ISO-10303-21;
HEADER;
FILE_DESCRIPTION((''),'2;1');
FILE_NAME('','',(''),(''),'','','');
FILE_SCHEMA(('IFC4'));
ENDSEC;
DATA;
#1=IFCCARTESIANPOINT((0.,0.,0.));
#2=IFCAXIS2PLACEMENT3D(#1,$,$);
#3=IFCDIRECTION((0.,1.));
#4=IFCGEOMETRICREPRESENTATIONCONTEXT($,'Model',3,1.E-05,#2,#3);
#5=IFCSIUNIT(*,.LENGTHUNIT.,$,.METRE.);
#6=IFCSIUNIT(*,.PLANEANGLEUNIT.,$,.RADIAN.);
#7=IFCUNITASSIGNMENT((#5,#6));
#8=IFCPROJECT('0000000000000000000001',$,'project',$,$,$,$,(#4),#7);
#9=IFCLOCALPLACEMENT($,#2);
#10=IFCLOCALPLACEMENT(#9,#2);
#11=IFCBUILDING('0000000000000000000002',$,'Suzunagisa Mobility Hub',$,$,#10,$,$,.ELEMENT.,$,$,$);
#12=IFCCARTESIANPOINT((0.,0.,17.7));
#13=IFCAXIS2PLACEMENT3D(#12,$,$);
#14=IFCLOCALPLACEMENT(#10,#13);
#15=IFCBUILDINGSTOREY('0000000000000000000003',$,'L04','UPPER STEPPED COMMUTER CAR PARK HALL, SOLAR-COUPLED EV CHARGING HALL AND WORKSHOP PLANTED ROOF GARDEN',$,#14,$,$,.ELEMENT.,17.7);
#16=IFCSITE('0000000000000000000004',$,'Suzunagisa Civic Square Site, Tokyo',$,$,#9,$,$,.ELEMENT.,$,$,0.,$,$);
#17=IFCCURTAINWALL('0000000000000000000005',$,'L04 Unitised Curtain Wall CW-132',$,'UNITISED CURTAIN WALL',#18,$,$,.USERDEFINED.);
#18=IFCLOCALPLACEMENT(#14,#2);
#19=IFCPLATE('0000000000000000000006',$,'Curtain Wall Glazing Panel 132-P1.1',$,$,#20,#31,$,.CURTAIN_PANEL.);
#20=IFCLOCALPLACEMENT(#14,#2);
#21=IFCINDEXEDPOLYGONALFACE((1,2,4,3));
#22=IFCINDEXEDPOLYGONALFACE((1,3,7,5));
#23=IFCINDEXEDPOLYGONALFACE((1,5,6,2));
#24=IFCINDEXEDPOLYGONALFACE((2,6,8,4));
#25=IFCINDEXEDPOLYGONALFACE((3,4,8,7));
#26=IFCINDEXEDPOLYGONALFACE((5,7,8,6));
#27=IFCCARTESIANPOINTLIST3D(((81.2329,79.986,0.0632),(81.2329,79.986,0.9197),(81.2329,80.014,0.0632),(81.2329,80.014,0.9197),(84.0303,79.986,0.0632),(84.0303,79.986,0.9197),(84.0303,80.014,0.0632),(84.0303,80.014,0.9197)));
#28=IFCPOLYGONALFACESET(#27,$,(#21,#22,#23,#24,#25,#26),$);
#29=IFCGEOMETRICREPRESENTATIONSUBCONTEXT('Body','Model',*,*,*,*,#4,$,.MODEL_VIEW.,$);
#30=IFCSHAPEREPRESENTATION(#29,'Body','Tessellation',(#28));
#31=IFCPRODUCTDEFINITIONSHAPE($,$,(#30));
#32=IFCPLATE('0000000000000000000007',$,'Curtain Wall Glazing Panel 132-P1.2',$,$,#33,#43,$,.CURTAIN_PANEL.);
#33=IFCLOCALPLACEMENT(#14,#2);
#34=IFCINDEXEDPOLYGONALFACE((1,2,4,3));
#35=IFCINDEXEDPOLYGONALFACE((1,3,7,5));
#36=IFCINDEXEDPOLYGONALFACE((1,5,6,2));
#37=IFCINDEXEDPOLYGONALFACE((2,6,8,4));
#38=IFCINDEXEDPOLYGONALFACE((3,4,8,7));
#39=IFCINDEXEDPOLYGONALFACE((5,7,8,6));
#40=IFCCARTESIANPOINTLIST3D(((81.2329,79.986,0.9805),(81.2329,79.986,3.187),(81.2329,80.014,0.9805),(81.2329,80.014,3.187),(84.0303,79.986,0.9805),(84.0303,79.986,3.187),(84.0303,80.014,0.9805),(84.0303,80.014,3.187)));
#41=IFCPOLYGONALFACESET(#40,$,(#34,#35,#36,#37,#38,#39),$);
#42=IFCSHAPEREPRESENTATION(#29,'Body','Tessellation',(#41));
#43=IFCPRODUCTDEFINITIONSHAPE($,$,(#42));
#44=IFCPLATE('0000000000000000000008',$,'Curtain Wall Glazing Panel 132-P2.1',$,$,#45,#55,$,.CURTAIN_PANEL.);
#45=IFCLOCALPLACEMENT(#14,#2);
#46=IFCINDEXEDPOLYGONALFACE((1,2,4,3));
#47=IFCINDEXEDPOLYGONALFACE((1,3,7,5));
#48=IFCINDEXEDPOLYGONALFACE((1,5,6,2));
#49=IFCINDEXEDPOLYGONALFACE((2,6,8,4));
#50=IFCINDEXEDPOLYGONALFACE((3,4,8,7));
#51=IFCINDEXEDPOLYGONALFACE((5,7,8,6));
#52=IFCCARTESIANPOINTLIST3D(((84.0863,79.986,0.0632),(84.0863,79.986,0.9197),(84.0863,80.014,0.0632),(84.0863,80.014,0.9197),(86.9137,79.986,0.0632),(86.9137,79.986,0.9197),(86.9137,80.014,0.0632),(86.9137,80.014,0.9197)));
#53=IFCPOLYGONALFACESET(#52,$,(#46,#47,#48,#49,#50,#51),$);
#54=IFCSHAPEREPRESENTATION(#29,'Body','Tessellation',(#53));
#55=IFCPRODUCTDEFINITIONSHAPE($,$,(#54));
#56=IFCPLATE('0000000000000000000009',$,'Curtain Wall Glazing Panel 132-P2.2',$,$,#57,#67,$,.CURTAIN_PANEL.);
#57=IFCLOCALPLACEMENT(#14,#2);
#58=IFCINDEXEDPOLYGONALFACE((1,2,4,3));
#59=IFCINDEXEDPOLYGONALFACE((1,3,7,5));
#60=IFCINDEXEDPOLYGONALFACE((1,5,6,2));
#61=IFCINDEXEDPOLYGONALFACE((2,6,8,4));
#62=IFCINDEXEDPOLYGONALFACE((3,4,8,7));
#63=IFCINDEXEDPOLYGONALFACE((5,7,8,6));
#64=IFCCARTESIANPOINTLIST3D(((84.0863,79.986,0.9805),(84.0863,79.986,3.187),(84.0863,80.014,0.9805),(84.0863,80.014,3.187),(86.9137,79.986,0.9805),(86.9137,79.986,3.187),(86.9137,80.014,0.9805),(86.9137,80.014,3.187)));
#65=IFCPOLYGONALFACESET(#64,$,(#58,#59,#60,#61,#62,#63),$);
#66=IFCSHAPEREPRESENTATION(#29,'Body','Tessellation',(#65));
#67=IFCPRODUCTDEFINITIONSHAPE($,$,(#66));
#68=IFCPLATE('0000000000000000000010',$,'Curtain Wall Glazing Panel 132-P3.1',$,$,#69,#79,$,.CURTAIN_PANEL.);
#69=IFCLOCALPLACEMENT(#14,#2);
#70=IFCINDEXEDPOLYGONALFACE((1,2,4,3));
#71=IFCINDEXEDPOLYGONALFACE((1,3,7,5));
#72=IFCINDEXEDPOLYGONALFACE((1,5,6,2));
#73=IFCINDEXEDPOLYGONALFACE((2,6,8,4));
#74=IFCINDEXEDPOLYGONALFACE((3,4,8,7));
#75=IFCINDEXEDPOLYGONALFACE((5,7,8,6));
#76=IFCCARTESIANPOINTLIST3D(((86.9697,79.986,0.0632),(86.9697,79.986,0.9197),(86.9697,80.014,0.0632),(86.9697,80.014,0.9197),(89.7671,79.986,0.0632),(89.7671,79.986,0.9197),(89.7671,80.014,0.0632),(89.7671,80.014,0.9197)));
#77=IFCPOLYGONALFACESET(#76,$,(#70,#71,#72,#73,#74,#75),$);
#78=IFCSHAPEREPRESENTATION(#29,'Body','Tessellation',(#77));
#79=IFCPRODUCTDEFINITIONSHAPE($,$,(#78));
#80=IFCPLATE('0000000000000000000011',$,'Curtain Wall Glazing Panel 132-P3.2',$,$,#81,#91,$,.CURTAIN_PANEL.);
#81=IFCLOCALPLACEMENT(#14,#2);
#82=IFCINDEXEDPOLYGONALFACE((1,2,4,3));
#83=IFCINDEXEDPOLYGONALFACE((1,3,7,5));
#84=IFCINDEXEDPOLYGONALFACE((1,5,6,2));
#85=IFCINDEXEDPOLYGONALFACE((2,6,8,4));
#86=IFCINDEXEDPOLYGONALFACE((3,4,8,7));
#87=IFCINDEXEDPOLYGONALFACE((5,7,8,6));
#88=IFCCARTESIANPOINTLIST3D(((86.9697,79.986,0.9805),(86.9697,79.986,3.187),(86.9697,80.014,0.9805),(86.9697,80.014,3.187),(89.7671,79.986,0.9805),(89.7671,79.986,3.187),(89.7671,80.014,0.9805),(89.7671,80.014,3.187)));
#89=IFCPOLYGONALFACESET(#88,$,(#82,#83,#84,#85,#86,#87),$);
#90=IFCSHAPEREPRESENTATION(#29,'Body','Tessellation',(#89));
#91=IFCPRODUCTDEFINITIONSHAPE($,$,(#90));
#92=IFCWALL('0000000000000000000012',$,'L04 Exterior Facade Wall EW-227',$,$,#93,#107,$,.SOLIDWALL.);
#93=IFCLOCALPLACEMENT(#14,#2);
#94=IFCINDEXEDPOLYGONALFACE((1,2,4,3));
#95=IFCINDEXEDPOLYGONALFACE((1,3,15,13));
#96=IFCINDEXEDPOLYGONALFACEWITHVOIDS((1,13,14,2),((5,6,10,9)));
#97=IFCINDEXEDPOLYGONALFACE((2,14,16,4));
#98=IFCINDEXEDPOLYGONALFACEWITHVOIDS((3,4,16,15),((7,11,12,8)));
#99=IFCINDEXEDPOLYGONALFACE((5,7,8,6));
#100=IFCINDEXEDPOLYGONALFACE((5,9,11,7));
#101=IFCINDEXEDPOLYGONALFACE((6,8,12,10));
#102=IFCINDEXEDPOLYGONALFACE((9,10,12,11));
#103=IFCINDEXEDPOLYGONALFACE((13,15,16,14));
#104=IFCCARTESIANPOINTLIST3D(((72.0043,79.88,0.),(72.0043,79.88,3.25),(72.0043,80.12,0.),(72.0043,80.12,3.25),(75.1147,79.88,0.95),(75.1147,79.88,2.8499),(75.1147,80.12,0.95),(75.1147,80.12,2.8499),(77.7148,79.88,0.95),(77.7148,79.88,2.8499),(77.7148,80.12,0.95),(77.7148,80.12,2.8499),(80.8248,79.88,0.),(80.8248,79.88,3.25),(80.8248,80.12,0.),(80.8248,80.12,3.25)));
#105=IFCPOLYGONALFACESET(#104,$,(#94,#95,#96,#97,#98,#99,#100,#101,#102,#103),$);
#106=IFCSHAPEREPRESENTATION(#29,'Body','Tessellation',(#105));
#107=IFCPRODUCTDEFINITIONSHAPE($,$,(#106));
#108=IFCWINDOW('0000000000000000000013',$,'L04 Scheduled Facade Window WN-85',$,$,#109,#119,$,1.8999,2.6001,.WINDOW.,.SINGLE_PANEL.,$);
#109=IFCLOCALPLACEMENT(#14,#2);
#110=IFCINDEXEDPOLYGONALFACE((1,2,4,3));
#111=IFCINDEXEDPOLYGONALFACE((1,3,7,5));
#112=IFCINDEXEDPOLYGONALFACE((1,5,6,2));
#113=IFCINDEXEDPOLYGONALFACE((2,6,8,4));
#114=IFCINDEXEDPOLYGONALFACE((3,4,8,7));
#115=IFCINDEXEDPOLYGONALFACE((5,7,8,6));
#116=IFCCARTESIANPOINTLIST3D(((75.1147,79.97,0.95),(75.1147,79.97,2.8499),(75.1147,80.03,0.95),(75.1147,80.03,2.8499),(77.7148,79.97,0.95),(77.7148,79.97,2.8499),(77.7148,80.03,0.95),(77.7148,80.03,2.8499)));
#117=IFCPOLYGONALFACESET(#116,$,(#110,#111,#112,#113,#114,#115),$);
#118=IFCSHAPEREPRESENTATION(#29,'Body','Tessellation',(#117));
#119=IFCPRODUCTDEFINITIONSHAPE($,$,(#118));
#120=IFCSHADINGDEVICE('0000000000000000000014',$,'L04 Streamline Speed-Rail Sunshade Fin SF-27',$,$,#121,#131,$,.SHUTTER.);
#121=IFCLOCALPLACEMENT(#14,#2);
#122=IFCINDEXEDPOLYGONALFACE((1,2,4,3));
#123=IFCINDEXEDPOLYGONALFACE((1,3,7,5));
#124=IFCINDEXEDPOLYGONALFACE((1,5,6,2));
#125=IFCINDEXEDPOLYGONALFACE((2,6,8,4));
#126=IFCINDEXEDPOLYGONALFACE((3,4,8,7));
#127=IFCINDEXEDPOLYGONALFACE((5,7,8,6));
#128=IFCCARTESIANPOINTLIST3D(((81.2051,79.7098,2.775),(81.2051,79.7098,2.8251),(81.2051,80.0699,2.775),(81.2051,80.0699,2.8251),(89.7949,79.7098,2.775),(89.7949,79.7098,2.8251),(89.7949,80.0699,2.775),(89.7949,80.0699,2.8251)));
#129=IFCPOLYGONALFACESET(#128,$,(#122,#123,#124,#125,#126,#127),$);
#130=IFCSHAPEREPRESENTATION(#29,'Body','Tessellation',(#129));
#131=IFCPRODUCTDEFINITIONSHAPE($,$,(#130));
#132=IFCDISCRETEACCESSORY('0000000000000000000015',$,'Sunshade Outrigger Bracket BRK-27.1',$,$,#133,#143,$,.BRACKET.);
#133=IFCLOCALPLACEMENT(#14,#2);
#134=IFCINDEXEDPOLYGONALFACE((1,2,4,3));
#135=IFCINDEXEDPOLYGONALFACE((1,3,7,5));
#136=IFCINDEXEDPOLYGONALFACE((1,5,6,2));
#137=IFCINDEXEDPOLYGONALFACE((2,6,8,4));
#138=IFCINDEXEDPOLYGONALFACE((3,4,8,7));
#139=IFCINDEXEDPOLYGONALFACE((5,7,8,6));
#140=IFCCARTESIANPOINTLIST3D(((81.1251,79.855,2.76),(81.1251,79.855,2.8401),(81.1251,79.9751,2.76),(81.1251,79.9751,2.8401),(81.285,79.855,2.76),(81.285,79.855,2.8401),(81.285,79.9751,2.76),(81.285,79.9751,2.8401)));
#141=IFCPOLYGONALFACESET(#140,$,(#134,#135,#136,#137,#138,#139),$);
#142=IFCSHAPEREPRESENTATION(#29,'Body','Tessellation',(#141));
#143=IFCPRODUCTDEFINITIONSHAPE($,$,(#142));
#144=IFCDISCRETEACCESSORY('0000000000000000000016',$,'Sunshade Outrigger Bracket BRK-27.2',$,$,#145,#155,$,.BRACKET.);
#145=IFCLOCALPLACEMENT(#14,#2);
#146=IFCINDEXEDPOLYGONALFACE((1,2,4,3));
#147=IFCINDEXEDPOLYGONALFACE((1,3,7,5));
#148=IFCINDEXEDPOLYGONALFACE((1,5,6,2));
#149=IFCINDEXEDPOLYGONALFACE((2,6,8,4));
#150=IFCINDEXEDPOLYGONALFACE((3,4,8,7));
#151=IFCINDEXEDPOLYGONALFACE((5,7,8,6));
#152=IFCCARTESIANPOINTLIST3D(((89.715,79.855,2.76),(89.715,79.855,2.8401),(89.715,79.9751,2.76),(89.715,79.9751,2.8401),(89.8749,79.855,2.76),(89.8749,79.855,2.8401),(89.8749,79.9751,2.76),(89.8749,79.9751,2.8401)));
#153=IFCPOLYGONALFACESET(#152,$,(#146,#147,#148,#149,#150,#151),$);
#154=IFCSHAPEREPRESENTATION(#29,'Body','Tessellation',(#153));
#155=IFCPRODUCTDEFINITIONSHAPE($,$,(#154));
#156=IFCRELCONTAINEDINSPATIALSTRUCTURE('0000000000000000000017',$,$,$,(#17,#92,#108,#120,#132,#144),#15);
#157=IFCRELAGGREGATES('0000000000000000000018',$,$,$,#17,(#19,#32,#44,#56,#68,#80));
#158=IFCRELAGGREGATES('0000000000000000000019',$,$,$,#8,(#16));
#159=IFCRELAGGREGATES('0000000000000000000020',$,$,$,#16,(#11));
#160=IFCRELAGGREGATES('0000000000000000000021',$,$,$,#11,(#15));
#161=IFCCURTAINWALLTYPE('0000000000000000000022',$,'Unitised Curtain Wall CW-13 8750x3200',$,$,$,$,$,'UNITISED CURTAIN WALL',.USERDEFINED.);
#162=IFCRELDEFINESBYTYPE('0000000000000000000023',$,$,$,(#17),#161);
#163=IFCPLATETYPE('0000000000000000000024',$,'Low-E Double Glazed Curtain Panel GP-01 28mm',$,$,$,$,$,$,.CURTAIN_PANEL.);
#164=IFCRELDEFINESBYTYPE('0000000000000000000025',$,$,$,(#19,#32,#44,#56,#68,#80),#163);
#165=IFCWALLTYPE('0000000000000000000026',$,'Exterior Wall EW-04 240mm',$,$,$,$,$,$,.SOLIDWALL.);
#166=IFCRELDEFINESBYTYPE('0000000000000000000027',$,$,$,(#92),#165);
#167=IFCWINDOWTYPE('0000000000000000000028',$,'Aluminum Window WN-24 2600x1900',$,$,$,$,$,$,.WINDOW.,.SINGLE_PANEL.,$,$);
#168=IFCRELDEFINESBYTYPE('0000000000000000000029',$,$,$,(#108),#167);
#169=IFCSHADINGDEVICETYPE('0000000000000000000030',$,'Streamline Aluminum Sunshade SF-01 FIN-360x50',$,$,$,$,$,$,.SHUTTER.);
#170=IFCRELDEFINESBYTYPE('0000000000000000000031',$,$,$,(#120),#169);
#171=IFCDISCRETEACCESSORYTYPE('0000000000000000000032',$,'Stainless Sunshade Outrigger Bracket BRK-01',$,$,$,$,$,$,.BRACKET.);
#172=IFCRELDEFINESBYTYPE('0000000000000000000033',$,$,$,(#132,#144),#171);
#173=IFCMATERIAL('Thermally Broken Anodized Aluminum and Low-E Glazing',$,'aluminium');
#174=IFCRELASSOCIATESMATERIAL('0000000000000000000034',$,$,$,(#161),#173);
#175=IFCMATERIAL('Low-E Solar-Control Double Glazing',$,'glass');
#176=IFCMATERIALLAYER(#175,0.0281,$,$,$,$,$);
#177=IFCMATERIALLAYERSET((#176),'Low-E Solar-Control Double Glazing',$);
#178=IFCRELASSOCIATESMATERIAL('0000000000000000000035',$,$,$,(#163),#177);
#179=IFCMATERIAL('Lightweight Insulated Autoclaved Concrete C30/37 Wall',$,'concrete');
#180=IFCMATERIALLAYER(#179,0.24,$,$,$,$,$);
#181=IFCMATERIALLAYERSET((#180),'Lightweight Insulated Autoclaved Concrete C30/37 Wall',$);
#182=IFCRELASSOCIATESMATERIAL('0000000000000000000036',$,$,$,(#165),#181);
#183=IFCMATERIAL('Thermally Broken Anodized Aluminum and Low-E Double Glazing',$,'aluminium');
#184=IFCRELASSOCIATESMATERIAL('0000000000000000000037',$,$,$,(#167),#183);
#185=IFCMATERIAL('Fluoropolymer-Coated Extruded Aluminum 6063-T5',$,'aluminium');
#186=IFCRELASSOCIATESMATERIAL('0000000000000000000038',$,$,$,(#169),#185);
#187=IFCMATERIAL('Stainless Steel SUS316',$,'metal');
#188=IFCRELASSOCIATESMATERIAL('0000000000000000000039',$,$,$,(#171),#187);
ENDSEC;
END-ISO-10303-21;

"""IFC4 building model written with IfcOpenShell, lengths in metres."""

from ifc_helpers import new_model, si_unit, direction, frame, frame_2d, origin, origin_2d, place, context, subcontext, project, spatial, rectangle, extrude, material, layer, layer_set, material_profile, profile_set, type_object, element, fill, aggregate, save


model = new_model("IFC4")

# Units and contexts
model_context = context("Model", 3, precision=1e-05, world=origin(), true_north=direction((0.0, 1.0)))
body_context = subcontext(model_context, "Body", "Model", "MODEL_VIEW")
ifc_project = project(units=[si_unit("LENGTHUNIT", "METRE"), si_unit("PLANEANGLEUNIT", "RADIAN")], contexts=[model_context])

# Site, building, storey
site_placement = place(None, origin())
site = spatial("IfcSite", under=ifc_project, at=site_placement, Name="Suzunagisa Civic Square Site, Tokyo", CompositionType="ELEMENT", RefElevation=0.0)
building_placement = place(site_placement, origin())
building = spatial("IfcBuilding", under=site, at=building_placement, Name="Suzunagisa Mobility Hub", CompositionType="ELEMENT")
storey_placement = place(building_placement, frame((0.0, 0.0, 17.7)))
storey = spatial("IfcBuildingStorey", under=building, at=storey_placement, Name="L04", Description="UPPER STEPPED COMMUTER CAR PARK HALL, SOLAR-COUPLED EV CHARGING HALL AND WORKSHOP PLANTED ROOF GARDEN", CompositionType="ELEMENT", Elevation=17.7)

# Curtain wall
ifc_material_1 = material(Name="Thermally Broken Anodized Aluminum and Low-E Glazing", Category="aluminium")
curtain_wall_type = type_object("IfcCurtainWallType", Name="Unitised Curtain Wall CW-13 8750x3200", ElementType="UNITISED CURTAIN WALL", PredefinedType="USERDEFINED", material=ifc_material_1)
curtain_wall_placement = place(storey_placement, origin())
curtain_wall = element("IfcCurtainWall", 1, at=curtain_wall_placement, inside=storey, type_object=curtain_wall_type, Name="L04 Unitised Curtain Wall CW-132", ObjectType="UNITISED CURTAIN WALL", PredefinedType="USERDEFINED")

# Plates
ifc_material_2 = material(Name="Low-E Solar-Control Double Glazing", Category="glass")
ifc_layer_1 = layer(ifc_material_2, 0.0281)
ifc_layer_set_1 = layer_set([ifc_layer_1], Name="Low-E Solar-Control Double Glazing")
plate_type = type_object("IfcPlateType", Name="Low-E Double Glazed Curtain Panel GP-01 28mm", PredefinedType="CURTAIN_PANEL", material=ifc_layer_set_1)
plate_1_placement = place(storey_placement, frame((82.6316, 80.0, 0.0632), z_axis=(0.0, 0.0, 1.0), x_axis=(1.0, 0.0, 0.0)))
plate_1 = element("IfcPlate", 2, at=plate_1_placement, type_object=plate_type, Name="Curtain Wall Glazing Panel 132-P1.1", PredefinedType="CURTAIN_PANEL", context=body_context, shape_type="SweptSolid", body=[
    extrude(rectangle(XDim=2.7974, YDim=0.0281, at=origin_2d()), origin(), (0.0, 0.0, 1.0), 0.8564),
])
plate_2_placement = place(storey_placement, frame((82.6316, 80.0, 0.9805), z_axis=(0.0, 0.0, 1.0), x_axis=(1.0, 0.0, 0.0)))
plate_2 = element("IfcPlate", 3, at=plate_2_placement, type_object=plate_type, Name="Curtain Wall Glazing Panel 132-P1.2", PredefinedType="CURTAIN_PANEL", context=body_context, shape_type="SweptSolid", body=[
    extrude(rectangle(XDim=2.7974, YDim=0.0281, at=origin_2d()), origin(), (0.0, 0.0, 1.0), 2.2065),
])
plate_3_placement = place(storey_placement, frame((85.5, 80.0, 0.0632), z_axis=(0.0, 0.0, 1.0), x_axis=(1.0, 0.0, 0.0)))
plate_3 = element("IfcPlate", 4, at=plate_3_placement, type_object=plate_type, Name="Curtain Wall Glazing Panel 132-P2.1", PredefinedType="CURTAIN_PANEL", context=body_context, shape_type="SweptSolid", body=[
    extrude(rectangle(XDim=2.8274, YDim=0.0281, at=origin_2d()), origin(), (0.0, 0.0, 1.0), 0.8564),
])
plate_4_placement = place(storey_placement, frame((85.5, 80.0, 0.9805), z_axis=(0.0, 0.0, 1.0), x_axis=(1.0, 0.0, 0.0)))
plate_4 = element("IfcPlate", 5, at=plate_4_placement, type_object=plate_type, Name="Curtain Wall Glazing Panel 132-P2.2", PredefinedType="CURTAIN_PANEL", context=body_context, shape_type="SweptSolid", body=[
    extrude(rectangle(XDim=2.8274, YDim=0.0281, at=origin_2d()), origin(), (0.0, 0.0, 1.0), 2.2065),
])
plate_5_placement = place(storey_placement, frame((88.3684, 80.0, 0.0632), z_axis=(0.0, 0.0, 1.0), x_axis=(1.0, 0.0, 0.0)))
plate_5 = element("IfcPlate", 6, at=plate_5_placement, type_object=plate_type, Name="Curtain Wall Glazing Panel 132-P3.1", PredefinedType="CURTAIN_PANEL", context=body_context, shape_type="SweptSolid", body=[
    extrude(rectangle(XDim=2.7974, YDim=0.0281, at=origin_2d()), origin(), (0.0, 0.0, 1.0), 0.8564),
])
plate_6_placement = place(storey_placement, frame((88.3684, 80.0, 0.9805), z_axis=(0.0, 0.0, 1.0), x_axis=(1.0, 0.0, 0.0)))
plate_6 = element("IfcPlate", 7, at=plate_6_placement, type_object=plate_type, Name="Curtain Wall Glazing Panel 132-P3.2", PredefinedType="CURTAIN_PANEL", context=body_context, shape_type="SweptSolid", body=[
    extrude(rectangle(XDim=2.7974, YDim=0.0281, at=origin_2d()), origin(), (0.0, 0.0, 1.0), 2.2065),
])
aggregate(curtain_wall, [plate_1, plate_2, plate_3, plate_4, plate_5, plate_6])

# Wall, opening, window
ifc_material_3 = material(Name="Lightweight Insulated Autoclaved Concrete C30/37 Wall", Category="concrete")
ifc_layer_2 = layer(ifc_material_3, 0.24)
ifc_layer_set_2 = layer_set([ifc_layer_2], Name="Lightweight Insulated Autoclaved Concrete C30/37 Wall")
wall_type = type_object("IfcWallType", Name="Exterior Wall EW-04 240mm", PredefinedType="SOLIDWALL", material=ifc_layer_set_2)
wall_placement = place(storey_placement, frame((72.0044, 80.0, 0.0), z_axis=(0.0, 0.0, 1.0), x_axis=(1.0, 0.0, 0.0)))
wall = element("IfcWall", 8, at=wall_placement, inside=storey, type_object=wall_type, Name="L04 Exterior Facade Wall EW-227", PredefinedType="SOLIDWALL", context=body_context, shape_type="SweptSolid", body=[
    extrude(rectangle(XDim=8.8206, YDim=0.24, at=frame_2d((4.4102, 0.0))), origin(), (0.0, 0.0, 1.0), 3.25),
])
opening_placement = place(wall_placement, frame((3.1104, 0.0, 0.95)))
opening = element("IfcOpeningElement", 9, at=opening_placement, cuts=wall, PredefinedType="OPENING", context=body_context, shape_type="SweptSolid", body=[
    extrude(rectangle(XDim=2.6001, YDim=1.8999, at=frame_2d((1.3, 0.95))), frame((0.0, 0.1309, 0.0), z_axis=(0.0, -1.0, 0.0), x_axis=(1.0, 0.0, 0.0)), (0.0, 0.0, 1.0), 0.262),
])
ifc_material_4 = material(Name="Thermally Broken Anodized Aluminum and Low-E Double Glazing", Category="aluminium")
window_type = type_object("IfcWindowType", Name="Aluminum Window WN-24 2600x1900", PartitioningType="SINGLE_PANEL", PredefinedType="WINDOW", material=ifc_material_4)
window_placement = place(opening_placement, origin())
window = element("IfcWindow", 10, at=window_placement, inside=storey, type_object=window_type, Name="L04 Scheduled Facade Window WN-85", OverallHeight=1.8999, OverallWidth=2.6001, PartitioningType="SINGLE_PANEL", PredefinedType="WINDOW", context=body_context, shape_type="SweptSolid", body=[
    extrude(rectangle(XDim=2.6001, YDim=1.8999, at=frame_2d((1.3, 0.95))), frame((0.0, 0.03, 0.0), z_axis=(0.0, -1.0, 0.0), x_axis=(1.0, 0.0, 0.0)), (0.0, 0.0, 1.0), 0.0601),
])
fill(opening, window)

# Shading device
ifc_material_5 = material(Name="Fluoropolymer-Coated Extruded Aluminum 6063-T5", Category="aluminium")
ifc_material_profile_1 = material_profile(ifc_material_5, rectangle(XDim=0.3601, YDim=0.05, at=origin_2d()), Name="FIN-360x50")
ifc_profile_set_1 = profile_set([ifc_material_profile_1], Name="Fluoropolymer-Coated Extruded Aluminum 6063-T5")
shading_device_type = type_object("IfcShadingDeviceType", Name="Streamline Aluminum Sunshade SF-01 FIN-360x50", PredefinedType="SHUTTER", material=ifc_profile_set_1)
shading_device_placement = place(storey_placement, frame((81.2051, 79.8899, 2.8), z_axis=(1.0, 0.0, 0.0), x_axis=(0.0, 1.0, 0.0)))
element("IfcShadingDevice", 11, at=shading_device_placement, inside=storey, type_object=shading_device_type, Name="L04 Streamline Speed-Rail Sunshade Fin SF-27", PredefinedType="SHUTTER", context=body_context, shape_type="SweptSolid", body=[
    extrude(rectangle(XDim=0.3601, YDim=0.05, at=origin_2d()), origin(), (0.0, 0.0, 1.0), 8.5898),
])

# Discrete accessories
ifc_material_6 = material(Name="Stainless Steel SUS316", Category="metal")
discrete_accessory_type = type_object("IfcDiscreteAccessoryType", Name="Stainless Sunshade Outrigger Bracket BRK-01", PredefinedType="BRACKET", material=ifc_material_6)
for number, where, z_axis, x_axis, name in (
    (12, (81.2051, 79.915, 2.76), (0.0, 0.0, 1.0), (1.0, 0.0, 0.0), "Sunshade Outrigger Bracket BRK-27.1"),
    (13, (89.7949, 79.915, 2.76), (0.0, 0.0, 1.0), (1.0, 0.0, 0.0), "Sunshade Outrigger Bracket BRK-27.2"),
):
    element("IfcDiscreteAccessory", number, at=place(storey_placement, frame(where, z_axis=z_axis, x_axis=x_axis)), inside=storey, type_object=discrete_accessory_type, Name=name, PredefinedType="BRACKET", context=body_context, shape_type="SweptSolid", body=[
        extrude(rectangle(XDim=0.1599, YDim=0.1201, at=origin_2d()), origin(), (0.0, 0.0, 1.0), 0.0801),
    ])

save(model, "model.ifc")
